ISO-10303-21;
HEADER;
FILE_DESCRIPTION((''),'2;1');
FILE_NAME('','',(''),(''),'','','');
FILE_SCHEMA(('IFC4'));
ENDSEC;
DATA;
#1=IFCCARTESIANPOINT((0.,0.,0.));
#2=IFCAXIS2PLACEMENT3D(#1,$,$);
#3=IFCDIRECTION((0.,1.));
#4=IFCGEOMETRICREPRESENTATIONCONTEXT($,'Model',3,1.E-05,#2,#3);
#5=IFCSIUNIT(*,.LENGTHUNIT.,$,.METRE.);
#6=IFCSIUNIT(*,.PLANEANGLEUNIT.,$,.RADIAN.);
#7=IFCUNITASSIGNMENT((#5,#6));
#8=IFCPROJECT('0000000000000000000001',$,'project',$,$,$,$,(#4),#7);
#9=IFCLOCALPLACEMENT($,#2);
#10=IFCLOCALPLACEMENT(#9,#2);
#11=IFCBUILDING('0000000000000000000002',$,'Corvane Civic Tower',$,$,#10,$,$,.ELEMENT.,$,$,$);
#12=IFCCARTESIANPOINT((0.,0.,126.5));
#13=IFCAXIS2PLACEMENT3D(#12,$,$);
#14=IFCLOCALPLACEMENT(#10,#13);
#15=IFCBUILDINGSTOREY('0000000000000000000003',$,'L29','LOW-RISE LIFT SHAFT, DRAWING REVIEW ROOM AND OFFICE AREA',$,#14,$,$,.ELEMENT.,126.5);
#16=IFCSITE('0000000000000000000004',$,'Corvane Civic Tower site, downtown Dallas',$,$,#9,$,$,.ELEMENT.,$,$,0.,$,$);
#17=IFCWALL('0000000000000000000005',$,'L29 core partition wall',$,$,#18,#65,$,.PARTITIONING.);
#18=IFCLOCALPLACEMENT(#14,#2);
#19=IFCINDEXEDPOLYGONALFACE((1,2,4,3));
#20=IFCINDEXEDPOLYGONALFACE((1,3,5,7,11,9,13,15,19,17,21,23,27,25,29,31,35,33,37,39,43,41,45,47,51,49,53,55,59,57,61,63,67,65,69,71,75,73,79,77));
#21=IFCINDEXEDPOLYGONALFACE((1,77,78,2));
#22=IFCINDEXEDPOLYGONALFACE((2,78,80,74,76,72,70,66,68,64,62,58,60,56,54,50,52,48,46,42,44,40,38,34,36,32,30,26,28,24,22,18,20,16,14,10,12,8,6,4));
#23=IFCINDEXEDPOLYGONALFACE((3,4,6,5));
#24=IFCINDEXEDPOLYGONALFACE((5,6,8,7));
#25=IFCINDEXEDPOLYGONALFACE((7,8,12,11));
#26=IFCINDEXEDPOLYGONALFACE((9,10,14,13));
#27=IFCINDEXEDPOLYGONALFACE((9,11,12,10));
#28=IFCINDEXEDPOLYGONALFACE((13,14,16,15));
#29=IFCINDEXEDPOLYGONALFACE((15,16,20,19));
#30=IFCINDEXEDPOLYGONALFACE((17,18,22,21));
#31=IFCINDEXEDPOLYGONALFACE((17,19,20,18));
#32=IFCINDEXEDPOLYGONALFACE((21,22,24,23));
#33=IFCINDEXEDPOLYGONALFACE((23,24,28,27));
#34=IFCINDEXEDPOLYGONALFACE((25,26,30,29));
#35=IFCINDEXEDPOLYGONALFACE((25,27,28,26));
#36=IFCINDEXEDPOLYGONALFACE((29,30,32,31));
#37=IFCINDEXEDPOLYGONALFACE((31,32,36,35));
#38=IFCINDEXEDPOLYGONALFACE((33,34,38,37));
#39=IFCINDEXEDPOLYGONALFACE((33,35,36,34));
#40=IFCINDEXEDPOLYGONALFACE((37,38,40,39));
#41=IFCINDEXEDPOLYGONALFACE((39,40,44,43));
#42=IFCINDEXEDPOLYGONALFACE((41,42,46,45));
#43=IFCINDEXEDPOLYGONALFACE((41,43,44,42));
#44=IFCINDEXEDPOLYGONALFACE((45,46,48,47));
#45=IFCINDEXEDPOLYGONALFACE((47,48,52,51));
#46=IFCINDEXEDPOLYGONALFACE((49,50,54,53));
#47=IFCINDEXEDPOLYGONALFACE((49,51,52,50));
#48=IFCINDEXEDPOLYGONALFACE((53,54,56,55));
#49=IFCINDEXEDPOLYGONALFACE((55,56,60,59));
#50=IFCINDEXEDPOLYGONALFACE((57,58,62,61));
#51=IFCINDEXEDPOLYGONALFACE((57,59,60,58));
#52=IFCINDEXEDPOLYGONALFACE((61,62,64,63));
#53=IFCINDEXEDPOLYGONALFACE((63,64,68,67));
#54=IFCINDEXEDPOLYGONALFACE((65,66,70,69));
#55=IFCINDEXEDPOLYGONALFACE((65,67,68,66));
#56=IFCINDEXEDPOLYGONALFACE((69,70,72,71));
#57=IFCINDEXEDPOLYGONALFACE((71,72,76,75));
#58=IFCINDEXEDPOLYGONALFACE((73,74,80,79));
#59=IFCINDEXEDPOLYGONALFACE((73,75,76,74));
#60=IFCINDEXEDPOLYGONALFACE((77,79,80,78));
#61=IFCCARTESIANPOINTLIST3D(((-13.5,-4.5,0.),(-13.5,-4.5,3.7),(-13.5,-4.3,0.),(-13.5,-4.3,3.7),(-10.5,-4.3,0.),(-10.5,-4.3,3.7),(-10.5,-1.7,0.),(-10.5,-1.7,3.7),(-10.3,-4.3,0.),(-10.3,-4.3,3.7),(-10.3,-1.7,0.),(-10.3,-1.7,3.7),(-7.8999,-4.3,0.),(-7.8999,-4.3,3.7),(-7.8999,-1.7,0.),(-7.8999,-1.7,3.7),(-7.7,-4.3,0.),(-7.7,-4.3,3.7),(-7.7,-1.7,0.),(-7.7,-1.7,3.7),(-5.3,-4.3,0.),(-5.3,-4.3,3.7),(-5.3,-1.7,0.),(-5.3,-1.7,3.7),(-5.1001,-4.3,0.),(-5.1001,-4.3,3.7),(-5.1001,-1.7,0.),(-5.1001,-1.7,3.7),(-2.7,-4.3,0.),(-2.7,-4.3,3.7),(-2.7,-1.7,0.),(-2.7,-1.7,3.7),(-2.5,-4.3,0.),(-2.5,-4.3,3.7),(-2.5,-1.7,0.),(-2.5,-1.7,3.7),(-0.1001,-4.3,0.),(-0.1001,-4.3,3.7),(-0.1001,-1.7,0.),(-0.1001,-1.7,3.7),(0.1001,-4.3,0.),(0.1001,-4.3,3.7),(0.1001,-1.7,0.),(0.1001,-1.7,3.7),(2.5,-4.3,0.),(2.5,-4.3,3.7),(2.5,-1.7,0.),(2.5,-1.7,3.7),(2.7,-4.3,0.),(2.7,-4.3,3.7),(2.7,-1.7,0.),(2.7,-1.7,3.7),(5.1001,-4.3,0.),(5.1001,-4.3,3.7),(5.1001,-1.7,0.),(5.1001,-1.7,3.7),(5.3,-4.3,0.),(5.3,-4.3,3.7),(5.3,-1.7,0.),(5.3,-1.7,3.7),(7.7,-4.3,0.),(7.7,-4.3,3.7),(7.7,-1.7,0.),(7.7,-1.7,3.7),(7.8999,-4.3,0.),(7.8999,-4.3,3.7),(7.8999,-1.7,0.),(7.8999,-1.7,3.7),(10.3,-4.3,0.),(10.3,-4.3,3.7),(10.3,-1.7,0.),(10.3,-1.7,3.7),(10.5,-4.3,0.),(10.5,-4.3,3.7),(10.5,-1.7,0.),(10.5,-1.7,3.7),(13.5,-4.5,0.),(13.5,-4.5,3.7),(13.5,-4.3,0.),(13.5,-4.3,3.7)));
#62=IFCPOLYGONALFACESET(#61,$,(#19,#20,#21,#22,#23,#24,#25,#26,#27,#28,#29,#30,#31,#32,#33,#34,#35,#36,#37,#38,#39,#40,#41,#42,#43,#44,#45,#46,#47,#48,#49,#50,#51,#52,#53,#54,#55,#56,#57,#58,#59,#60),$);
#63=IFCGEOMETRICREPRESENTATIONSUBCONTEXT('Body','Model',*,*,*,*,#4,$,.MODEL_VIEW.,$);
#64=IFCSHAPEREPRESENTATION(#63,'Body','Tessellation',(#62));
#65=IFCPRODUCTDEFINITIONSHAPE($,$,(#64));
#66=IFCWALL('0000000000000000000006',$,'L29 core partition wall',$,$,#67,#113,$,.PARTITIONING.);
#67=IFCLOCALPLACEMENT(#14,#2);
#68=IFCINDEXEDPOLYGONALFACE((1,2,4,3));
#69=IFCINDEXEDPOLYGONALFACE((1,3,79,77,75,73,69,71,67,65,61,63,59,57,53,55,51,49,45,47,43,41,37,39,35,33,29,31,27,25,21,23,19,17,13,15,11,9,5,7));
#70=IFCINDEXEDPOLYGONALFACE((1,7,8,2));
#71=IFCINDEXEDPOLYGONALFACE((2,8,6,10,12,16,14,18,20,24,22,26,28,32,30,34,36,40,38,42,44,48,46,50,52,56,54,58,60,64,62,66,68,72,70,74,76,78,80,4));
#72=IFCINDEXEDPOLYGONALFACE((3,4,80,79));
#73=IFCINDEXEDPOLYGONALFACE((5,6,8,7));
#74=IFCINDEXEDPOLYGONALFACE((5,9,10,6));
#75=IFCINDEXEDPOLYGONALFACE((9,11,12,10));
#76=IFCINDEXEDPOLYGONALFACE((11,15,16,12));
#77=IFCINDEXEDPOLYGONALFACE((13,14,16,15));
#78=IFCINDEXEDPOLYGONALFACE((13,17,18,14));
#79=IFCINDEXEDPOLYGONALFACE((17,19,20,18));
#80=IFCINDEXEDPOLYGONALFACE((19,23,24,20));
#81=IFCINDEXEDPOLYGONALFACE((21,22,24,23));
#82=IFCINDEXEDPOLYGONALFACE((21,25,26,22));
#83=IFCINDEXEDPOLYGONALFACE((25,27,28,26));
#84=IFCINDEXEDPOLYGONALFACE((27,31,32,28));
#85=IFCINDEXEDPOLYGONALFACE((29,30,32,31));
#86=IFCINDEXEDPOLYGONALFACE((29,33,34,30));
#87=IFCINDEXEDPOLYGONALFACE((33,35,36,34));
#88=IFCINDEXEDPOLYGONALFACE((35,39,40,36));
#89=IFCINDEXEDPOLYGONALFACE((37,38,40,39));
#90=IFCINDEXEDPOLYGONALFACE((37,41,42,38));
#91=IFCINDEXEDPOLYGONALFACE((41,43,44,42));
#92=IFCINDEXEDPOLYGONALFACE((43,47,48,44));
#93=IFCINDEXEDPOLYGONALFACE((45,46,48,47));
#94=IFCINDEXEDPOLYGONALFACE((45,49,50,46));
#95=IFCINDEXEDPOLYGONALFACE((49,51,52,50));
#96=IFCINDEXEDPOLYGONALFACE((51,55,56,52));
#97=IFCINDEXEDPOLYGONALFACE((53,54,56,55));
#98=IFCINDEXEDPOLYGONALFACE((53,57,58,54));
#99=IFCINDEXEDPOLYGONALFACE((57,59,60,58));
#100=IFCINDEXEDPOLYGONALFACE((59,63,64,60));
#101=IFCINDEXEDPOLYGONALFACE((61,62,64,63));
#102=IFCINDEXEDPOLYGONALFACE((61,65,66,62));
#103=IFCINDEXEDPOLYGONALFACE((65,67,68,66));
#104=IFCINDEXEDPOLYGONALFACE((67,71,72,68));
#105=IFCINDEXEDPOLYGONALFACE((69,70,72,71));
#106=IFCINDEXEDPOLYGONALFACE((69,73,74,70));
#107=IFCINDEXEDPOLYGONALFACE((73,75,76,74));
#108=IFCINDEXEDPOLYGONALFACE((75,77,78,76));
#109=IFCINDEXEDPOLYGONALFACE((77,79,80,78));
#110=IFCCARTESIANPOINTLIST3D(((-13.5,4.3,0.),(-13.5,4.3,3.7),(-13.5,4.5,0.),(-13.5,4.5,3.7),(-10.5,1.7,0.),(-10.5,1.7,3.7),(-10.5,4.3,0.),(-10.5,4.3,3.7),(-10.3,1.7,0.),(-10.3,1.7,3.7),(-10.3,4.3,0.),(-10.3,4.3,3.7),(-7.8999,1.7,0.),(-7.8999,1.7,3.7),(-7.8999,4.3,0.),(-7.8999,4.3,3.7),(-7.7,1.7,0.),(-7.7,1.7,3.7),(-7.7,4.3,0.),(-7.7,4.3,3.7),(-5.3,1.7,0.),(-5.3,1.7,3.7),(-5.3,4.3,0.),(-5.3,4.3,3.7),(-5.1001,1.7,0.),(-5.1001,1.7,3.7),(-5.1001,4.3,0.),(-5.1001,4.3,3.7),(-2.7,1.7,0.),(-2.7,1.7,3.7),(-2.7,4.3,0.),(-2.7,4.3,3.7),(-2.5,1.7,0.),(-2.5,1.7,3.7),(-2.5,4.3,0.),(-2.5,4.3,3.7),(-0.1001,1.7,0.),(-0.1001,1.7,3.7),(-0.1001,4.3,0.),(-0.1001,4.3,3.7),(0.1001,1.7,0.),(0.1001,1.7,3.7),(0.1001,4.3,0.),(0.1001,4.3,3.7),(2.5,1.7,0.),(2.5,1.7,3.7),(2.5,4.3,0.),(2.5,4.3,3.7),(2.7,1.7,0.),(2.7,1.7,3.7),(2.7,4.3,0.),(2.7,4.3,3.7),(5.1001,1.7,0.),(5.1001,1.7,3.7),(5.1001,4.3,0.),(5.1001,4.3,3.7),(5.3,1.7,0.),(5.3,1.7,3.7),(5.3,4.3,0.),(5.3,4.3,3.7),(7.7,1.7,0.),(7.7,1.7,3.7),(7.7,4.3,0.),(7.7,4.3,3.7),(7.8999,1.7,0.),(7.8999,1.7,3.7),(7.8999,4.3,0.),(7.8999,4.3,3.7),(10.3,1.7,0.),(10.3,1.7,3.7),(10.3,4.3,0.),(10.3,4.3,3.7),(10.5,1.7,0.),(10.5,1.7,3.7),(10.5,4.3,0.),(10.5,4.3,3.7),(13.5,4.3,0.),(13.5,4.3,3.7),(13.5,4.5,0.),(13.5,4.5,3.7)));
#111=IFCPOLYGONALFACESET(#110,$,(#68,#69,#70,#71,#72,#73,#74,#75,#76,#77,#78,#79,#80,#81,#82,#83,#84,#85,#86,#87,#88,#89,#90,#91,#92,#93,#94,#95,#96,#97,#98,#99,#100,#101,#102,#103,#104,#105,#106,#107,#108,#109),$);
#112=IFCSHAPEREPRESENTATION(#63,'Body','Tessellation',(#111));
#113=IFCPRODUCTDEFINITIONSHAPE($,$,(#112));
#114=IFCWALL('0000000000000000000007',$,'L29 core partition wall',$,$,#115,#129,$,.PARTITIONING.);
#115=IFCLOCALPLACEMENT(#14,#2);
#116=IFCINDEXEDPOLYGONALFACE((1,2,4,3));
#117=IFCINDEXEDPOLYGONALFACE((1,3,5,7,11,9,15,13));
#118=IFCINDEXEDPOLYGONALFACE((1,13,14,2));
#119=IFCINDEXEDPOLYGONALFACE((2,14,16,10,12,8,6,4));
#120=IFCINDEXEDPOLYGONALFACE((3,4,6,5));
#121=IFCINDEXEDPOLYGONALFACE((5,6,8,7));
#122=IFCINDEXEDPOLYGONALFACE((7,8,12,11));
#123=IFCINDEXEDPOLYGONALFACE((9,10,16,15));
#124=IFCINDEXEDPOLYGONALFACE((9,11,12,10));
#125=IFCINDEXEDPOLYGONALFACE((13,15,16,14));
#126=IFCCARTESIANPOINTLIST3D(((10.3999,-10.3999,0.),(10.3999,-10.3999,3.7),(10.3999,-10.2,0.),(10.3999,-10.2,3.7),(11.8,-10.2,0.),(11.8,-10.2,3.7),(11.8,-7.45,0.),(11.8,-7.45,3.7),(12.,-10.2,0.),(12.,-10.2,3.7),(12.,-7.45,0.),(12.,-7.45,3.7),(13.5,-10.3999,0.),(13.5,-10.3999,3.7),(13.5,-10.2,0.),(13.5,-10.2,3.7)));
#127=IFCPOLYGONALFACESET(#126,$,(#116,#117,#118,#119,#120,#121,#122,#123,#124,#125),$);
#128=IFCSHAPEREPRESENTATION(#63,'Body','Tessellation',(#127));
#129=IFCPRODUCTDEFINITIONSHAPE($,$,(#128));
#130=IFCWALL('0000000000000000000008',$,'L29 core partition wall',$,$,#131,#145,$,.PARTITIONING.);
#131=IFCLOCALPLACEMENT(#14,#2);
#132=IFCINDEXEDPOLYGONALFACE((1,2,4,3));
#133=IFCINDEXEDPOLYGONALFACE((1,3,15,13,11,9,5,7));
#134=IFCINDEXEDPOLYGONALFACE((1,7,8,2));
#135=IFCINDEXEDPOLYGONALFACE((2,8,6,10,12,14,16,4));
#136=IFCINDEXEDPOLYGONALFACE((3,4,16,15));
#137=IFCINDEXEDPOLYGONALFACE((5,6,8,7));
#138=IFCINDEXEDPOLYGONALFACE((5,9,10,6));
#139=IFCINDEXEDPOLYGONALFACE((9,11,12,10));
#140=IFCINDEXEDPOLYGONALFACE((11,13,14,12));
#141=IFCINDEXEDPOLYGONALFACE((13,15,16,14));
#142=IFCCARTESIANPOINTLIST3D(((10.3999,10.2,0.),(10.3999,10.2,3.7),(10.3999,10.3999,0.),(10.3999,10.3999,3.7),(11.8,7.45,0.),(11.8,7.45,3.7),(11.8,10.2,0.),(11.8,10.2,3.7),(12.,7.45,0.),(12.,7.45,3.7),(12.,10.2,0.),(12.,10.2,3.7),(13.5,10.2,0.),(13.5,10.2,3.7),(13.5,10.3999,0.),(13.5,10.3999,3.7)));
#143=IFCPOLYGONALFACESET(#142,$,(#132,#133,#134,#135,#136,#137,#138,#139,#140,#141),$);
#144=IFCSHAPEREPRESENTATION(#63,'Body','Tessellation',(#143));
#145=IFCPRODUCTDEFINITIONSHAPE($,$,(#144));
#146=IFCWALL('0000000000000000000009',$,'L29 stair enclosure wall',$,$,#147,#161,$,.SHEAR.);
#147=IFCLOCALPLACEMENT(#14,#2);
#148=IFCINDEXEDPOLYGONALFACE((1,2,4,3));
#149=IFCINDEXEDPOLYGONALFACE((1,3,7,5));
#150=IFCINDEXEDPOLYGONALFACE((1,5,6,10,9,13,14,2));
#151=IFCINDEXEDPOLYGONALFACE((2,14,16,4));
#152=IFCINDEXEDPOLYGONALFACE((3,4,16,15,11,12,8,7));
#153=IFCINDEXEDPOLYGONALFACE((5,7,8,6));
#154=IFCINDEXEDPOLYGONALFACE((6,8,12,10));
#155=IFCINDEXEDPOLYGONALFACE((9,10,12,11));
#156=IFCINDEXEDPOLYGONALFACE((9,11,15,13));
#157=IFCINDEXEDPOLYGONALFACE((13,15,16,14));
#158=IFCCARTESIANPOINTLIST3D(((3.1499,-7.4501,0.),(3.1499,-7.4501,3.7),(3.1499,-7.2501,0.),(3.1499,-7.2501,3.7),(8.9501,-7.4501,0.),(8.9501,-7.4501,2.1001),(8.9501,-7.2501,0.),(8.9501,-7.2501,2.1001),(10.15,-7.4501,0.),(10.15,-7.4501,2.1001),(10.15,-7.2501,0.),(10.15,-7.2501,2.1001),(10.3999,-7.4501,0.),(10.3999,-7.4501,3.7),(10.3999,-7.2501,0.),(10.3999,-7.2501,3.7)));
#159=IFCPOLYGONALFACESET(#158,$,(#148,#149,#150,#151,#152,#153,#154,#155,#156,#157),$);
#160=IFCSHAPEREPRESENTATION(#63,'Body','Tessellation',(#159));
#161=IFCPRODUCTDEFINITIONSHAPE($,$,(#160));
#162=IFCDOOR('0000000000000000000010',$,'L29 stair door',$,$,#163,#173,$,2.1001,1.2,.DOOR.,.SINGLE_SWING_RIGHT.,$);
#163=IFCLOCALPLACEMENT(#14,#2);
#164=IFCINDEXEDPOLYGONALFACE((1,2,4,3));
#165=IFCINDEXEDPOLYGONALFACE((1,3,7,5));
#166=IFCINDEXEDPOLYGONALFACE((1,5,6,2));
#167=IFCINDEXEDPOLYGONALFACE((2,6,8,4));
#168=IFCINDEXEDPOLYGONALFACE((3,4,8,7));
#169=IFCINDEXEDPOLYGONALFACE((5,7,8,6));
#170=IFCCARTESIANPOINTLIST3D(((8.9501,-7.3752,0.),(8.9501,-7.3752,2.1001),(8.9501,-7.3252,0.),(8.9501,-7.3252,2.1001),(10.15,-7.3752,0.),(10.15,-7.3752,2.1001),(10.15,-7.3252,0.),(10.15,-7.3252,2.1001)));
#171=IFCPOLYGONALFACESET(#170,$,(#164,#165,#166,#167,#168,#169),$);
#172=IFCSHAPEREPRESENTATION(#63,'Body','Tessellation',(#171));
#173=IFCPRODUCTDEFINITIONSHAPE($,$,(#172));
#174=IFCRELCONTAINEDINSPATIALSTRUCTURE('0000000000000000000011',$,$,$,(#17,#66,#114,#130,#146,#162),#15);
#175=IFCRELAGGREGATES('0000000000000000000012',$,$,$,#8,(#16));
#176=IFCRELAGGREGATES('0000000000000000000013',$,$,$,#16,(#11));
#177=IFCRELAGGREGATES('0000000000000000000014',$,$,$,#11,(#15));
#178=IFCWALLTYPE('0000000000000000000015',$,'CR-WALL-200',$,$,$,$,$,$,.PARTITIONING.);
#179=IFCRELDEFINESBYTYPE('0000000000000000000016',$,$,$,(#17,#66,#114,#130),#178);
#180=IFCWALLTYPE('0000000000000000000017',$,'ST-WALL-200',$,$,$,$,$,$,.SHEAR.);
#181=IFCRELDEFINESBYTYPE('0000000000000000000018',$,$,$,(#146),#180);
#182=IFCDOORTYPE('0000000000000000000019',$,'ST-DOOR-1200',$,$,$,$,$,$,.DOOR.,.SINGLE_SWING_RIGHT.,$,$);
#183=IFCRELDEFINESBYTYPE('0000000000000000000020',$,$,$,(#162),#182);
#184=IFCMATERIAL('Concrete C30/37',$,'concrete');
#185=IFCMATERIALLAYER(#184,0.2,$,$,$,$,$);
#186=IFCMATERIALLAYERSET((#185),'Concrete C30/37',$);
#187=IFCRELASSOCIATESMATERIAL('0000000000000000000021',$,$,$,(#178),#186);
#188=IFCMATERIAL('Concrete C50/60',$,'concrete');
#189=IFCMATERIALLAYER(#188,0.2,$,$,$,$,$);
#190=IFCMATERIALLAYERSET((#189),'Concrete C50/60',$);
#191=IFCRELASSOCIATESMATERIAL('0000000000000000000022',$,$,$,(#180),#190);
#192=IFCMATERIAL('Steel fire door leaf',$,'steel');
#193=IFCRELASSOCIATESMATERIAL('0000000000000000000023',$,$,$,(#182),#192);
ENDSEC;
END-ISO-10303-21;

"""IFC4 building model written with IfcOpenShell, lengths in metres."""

from ifc_helpers import new_model, si_unit, direction, frame, frame_2d, origin, place, context, subcontext, project, spatial, polyline, rectangle, outline, extrude, material, layer, layer_set, type_object, element, fill, save


model = new_model("IFC4")

# Units and contexts
model_context = context("Model", 3, precision=1e-05, world=origin(), true_north=direction((0.0, 1.0)))
body_context = subcontext(model_context, "Body", "Model", "MODEL_VIEW")
ifc_project = project(units=[si_unit("LENGTHUNIT", "METRE"), si_unit("PLANEANGLEUNIT", "RADIAN")], contexts=[model_context])

# Site, building, storey
site_placement = place(None, origin())
site = spatial("IfcSite", under=ifc_project, at=site_placement, Name="Corvane Civic Tower site, downtown Dallas", CompositionType="ELEMENT", RefElevation=0.0)
building_placement = place(site_placement, origin())
building = spatial("IfcBuilding", under=site, at=building_placement, Name="Corvane Civic Tower", CompositionType="ELEMENT")
storey_placement = place(building_placement, frame((0.0, 0.0, 126.5)))
storey = spatial("IfcBuildingStorey", under=building, at=storey_placement, Name="L29", Description="LOW-RISE LIFT SHAFT, DRAWING REVIEW ROOM AND OFFICE AREA", CompositionType="ELEMENT", Elevation=126.5)

# Shared definitions
ifc_material_1 = material(Name="Concrete C30/37", Category="concrete")
ifc_layer_1 = layer(ifc_material_1, 0.2)
ifc_layer_set_1 = layer_set([ifc_layer_1], Name="Concrete C30/37")
wall_type_1 = type_object("IfcWallType", Name="CR-WALL-200", PredefinedType="PARTITIONING", material=ifc_layer_set_1)

# Walls
wall_1_placement = place(storey_placement, origin())
element("IfcWall", 1, at=wall_1_placement, inside=storey, type_object=wall_type_1, Name="L29 core partition wall", PredefinedType="PARTITIONING", context=body_context, shape_type="SweptSolid", body=[
    extrude(outline(polyline([(-10.3, -1.7), (-10.3, -4.3), (-7.8999, -4.3), (-7.8999, -1.7), (-7.7, -1.7), (-7.7, -4.3), (-5.3, -4.3), (-5.3, -1.7), (-5.1001, -1.7), (-5.1001, -4.3), (-2.7, -4.3), (-2.7, -1.7), (-2.5, -1.7), (-2.5, -4.3), (-0.1001, -4.3), (-0.1001, -1.7), (0.1001, -1.7), (0.1001, -4.3), (2.5, -4.3), (2.5, -1.7), (2.7, -1.7), (2.7, -4.3), (5.1001, -4.3), (5.1001, -1.7), (5.3, -1.7), (5.3, -4.3), (7.7, -4.3), (7.7, -1.7), (7.8999, -1.7), (7.8999, -4.3), (10.3, -4.3), (10.3, -1.7), (10.5, -1.7), (10.5, -4.3), (13.5, -4.3), (13.5, -4.5), (-13.5, -4.5), (-13.5, -4.3), (-10.5, -4.3), (-10.5, -1.7), (-10.3, -1.7)])), origin(), (0.0, 0.0, 1.0), 3.7),
])
wall_2_placement = place(storey_placement, origin())
element("IfcWall", 2, at=wall_2_placement, inside=storey, type_object=wall_type_1, Name="L29 core partition wall", PredefinedType="PARTITIONING", context=body_context, shape_type="SweptSolid", body=[
    extrude(outline(polyline([(-10.3, 1.7), (-10.5, 1.7), (-10.5, 4.3), (-13.5, 4.3), (-13.5, 4.5), (13.5, 4.5), (13.5, 4.3), (10.5, 4.3), (10.5, 1.7), (10.3, 1.7), (10.3, 4.3), (7.8999, 4.3), (7.8999, 1.7), (7.7, 1.7), (7.7, 4.3), (5.3, 4.3), (5.3, 1.7), (5.1001, 1.7), (5.1001, 4.3), (2.7, 4.3), (2.7, 1.7), (2.5, 1.7), (2.5, 4.3), (0.1001, 4.3), (0.1001, 1.7), (-0.1001, 1.7), (-0.1001, 4.3), (-2.5, 4.3), (-2.5, 1.7), (-2.7, 1.7), (-2.7, 4.3), (-5.1001, 4.3), (-5.1001, 1.7), (-5.3, 1.7), (-5.3, 4.3), (-7.7, 4.3), (-7.7, 1.7), (-7.8999, 1.7), (-7.8999, 4.3), (-10.3, 4.3), (-10.3, 1.7)])), origin(), (0.0, 0.0, 1.0), 3.7),
])
wall_3_placement = place(storey_placement, origin())
element("IfcWall", 3, at=wall_3_placement, inside=storey, type_object=wall_type_1, Name="L29 core partition wall", PredefinedType="PARTITIONING", context=body_context, shape_type="SweptSolid", body=[
    extrude(outline(polyline([(11.8, -7.45), (12.0, -7.45), (12.0, -10.2), (13.5, -10.2), (13.5, -10.3999), (10.3999, -10.3999), (10.3999, -10.2), (11.8, -10.2), (11.8, -7.45)])), origin(), (0.0, 0.0, 1.0), 3.7),
])
wall_4_placement = place(storey_placement, origin())
element("IfcWall", 4, at=wall_4_placement, inside=storey, type_object=wall_type_1, Name="L29 core partition wall", PredefinedType="PARTITIONING", context=body_context, shape_type="SweptSolid", body=[
    extrude(outline(polyline([(13.5, 10.3999), (13.5, 10.2), (12.0, 10.2), (12.0, 7.45), (11.8, 7.45), (11.8, 10.2), (10.3999, 10.2), (10.3999, 10.3999), (13.5, 10.3999)])), origin(), (0.0, 0.0, 1.0), 3.7),
])

# Wall, opening, door
ifc_material_2 = material(Name="Concrete C50/60", Category="concrete")
ifc_layer_2 = layer(ifc_material_2, 0.2)
ifc_layer_set_2 = layer_set([ifc_layer_2], Name="Concrete C50/60")
wall_type_2 = type_object("IfcWallType", Name="ST-WALL-200", PredefinedType="SHEAR", material=ifc_layer_set_2)
wall_5_placement = place(storey_placement, frame((3.1499, -7.3501, 0.0), z_axis=(0.0, 0.0, 1.0), x_axis=(1.0, 0.0, 0.0)))
wall_5 = element("IfcWall", 5, at=wall_5_placement, inside=storey, type_object=wall_type_2, Name="L29 stair enclosure wall", PredefinedType="SHEAR", context=body_context, shape_type="SweptSolid", body=[
    extrude(rectangle(XDim=7.25, YDim=0.2, at=frame_2d((3.625, 0.0))), origin(), (0.0, 0.0, 1.0), 3.7),
])
opening_1_placement = place(wall_5_placement, frame((5.8, 0.0, 0.0)))
opening_1 = element("IfcOpeningElement", 6, at=opening_1_placement, cuts=wall_5, PredefinedType="OPENING", context=body_context, shape_type="SweptSolid", body=[
    extrude(rectangle(XDim=1.2, YDim=2.1001, at=frame_2d((0.6001, 1.05))), frame((0.0, 0.1099, 0.0), z_axis=(0.0, -1.0, 0.0), x_axis=(1.0, 0.0, 0.0)), (0.0, 0.0, 1.0), 0.22),
])
ifc_material_3 = material(Name="Steel fire door leaf", Category="steel")
door_type_1 = type_object("IfcDoorType", Name="ST-DOOR-1200", OperationType="SINGLE_SWING_RIGHT", PredefinedType="DOOR", material=ifc_material_3)
door_1_placement = place(opening_1_placement, origin())
door_1 = element("IfcDoor", 7, at=door_1_placement, inside=storey, type_object=door_type_1, Name="L29 stair door", OperationType="SINGLE_SWING_RIGHT", OverallHeight=2.1001, OverallWidth=1.2, PredefinedType="DOOR", context=body_context, shape_type="SweptSolid", body=[
    extrude(rectangle(XDim=1.2, YDim=2.1001, at=frame_2d((0.6001, 1.05))), frame((0.0, 0.0249, 0.0), z_axis=(0.0, -1.0, 0.0), x_axis=(1.0, 0.0, 0.0)), (0.0, 0.0, 1.0), 0.05),
])
fill(opening_1, door_1)

save(model, "model.ifc")
